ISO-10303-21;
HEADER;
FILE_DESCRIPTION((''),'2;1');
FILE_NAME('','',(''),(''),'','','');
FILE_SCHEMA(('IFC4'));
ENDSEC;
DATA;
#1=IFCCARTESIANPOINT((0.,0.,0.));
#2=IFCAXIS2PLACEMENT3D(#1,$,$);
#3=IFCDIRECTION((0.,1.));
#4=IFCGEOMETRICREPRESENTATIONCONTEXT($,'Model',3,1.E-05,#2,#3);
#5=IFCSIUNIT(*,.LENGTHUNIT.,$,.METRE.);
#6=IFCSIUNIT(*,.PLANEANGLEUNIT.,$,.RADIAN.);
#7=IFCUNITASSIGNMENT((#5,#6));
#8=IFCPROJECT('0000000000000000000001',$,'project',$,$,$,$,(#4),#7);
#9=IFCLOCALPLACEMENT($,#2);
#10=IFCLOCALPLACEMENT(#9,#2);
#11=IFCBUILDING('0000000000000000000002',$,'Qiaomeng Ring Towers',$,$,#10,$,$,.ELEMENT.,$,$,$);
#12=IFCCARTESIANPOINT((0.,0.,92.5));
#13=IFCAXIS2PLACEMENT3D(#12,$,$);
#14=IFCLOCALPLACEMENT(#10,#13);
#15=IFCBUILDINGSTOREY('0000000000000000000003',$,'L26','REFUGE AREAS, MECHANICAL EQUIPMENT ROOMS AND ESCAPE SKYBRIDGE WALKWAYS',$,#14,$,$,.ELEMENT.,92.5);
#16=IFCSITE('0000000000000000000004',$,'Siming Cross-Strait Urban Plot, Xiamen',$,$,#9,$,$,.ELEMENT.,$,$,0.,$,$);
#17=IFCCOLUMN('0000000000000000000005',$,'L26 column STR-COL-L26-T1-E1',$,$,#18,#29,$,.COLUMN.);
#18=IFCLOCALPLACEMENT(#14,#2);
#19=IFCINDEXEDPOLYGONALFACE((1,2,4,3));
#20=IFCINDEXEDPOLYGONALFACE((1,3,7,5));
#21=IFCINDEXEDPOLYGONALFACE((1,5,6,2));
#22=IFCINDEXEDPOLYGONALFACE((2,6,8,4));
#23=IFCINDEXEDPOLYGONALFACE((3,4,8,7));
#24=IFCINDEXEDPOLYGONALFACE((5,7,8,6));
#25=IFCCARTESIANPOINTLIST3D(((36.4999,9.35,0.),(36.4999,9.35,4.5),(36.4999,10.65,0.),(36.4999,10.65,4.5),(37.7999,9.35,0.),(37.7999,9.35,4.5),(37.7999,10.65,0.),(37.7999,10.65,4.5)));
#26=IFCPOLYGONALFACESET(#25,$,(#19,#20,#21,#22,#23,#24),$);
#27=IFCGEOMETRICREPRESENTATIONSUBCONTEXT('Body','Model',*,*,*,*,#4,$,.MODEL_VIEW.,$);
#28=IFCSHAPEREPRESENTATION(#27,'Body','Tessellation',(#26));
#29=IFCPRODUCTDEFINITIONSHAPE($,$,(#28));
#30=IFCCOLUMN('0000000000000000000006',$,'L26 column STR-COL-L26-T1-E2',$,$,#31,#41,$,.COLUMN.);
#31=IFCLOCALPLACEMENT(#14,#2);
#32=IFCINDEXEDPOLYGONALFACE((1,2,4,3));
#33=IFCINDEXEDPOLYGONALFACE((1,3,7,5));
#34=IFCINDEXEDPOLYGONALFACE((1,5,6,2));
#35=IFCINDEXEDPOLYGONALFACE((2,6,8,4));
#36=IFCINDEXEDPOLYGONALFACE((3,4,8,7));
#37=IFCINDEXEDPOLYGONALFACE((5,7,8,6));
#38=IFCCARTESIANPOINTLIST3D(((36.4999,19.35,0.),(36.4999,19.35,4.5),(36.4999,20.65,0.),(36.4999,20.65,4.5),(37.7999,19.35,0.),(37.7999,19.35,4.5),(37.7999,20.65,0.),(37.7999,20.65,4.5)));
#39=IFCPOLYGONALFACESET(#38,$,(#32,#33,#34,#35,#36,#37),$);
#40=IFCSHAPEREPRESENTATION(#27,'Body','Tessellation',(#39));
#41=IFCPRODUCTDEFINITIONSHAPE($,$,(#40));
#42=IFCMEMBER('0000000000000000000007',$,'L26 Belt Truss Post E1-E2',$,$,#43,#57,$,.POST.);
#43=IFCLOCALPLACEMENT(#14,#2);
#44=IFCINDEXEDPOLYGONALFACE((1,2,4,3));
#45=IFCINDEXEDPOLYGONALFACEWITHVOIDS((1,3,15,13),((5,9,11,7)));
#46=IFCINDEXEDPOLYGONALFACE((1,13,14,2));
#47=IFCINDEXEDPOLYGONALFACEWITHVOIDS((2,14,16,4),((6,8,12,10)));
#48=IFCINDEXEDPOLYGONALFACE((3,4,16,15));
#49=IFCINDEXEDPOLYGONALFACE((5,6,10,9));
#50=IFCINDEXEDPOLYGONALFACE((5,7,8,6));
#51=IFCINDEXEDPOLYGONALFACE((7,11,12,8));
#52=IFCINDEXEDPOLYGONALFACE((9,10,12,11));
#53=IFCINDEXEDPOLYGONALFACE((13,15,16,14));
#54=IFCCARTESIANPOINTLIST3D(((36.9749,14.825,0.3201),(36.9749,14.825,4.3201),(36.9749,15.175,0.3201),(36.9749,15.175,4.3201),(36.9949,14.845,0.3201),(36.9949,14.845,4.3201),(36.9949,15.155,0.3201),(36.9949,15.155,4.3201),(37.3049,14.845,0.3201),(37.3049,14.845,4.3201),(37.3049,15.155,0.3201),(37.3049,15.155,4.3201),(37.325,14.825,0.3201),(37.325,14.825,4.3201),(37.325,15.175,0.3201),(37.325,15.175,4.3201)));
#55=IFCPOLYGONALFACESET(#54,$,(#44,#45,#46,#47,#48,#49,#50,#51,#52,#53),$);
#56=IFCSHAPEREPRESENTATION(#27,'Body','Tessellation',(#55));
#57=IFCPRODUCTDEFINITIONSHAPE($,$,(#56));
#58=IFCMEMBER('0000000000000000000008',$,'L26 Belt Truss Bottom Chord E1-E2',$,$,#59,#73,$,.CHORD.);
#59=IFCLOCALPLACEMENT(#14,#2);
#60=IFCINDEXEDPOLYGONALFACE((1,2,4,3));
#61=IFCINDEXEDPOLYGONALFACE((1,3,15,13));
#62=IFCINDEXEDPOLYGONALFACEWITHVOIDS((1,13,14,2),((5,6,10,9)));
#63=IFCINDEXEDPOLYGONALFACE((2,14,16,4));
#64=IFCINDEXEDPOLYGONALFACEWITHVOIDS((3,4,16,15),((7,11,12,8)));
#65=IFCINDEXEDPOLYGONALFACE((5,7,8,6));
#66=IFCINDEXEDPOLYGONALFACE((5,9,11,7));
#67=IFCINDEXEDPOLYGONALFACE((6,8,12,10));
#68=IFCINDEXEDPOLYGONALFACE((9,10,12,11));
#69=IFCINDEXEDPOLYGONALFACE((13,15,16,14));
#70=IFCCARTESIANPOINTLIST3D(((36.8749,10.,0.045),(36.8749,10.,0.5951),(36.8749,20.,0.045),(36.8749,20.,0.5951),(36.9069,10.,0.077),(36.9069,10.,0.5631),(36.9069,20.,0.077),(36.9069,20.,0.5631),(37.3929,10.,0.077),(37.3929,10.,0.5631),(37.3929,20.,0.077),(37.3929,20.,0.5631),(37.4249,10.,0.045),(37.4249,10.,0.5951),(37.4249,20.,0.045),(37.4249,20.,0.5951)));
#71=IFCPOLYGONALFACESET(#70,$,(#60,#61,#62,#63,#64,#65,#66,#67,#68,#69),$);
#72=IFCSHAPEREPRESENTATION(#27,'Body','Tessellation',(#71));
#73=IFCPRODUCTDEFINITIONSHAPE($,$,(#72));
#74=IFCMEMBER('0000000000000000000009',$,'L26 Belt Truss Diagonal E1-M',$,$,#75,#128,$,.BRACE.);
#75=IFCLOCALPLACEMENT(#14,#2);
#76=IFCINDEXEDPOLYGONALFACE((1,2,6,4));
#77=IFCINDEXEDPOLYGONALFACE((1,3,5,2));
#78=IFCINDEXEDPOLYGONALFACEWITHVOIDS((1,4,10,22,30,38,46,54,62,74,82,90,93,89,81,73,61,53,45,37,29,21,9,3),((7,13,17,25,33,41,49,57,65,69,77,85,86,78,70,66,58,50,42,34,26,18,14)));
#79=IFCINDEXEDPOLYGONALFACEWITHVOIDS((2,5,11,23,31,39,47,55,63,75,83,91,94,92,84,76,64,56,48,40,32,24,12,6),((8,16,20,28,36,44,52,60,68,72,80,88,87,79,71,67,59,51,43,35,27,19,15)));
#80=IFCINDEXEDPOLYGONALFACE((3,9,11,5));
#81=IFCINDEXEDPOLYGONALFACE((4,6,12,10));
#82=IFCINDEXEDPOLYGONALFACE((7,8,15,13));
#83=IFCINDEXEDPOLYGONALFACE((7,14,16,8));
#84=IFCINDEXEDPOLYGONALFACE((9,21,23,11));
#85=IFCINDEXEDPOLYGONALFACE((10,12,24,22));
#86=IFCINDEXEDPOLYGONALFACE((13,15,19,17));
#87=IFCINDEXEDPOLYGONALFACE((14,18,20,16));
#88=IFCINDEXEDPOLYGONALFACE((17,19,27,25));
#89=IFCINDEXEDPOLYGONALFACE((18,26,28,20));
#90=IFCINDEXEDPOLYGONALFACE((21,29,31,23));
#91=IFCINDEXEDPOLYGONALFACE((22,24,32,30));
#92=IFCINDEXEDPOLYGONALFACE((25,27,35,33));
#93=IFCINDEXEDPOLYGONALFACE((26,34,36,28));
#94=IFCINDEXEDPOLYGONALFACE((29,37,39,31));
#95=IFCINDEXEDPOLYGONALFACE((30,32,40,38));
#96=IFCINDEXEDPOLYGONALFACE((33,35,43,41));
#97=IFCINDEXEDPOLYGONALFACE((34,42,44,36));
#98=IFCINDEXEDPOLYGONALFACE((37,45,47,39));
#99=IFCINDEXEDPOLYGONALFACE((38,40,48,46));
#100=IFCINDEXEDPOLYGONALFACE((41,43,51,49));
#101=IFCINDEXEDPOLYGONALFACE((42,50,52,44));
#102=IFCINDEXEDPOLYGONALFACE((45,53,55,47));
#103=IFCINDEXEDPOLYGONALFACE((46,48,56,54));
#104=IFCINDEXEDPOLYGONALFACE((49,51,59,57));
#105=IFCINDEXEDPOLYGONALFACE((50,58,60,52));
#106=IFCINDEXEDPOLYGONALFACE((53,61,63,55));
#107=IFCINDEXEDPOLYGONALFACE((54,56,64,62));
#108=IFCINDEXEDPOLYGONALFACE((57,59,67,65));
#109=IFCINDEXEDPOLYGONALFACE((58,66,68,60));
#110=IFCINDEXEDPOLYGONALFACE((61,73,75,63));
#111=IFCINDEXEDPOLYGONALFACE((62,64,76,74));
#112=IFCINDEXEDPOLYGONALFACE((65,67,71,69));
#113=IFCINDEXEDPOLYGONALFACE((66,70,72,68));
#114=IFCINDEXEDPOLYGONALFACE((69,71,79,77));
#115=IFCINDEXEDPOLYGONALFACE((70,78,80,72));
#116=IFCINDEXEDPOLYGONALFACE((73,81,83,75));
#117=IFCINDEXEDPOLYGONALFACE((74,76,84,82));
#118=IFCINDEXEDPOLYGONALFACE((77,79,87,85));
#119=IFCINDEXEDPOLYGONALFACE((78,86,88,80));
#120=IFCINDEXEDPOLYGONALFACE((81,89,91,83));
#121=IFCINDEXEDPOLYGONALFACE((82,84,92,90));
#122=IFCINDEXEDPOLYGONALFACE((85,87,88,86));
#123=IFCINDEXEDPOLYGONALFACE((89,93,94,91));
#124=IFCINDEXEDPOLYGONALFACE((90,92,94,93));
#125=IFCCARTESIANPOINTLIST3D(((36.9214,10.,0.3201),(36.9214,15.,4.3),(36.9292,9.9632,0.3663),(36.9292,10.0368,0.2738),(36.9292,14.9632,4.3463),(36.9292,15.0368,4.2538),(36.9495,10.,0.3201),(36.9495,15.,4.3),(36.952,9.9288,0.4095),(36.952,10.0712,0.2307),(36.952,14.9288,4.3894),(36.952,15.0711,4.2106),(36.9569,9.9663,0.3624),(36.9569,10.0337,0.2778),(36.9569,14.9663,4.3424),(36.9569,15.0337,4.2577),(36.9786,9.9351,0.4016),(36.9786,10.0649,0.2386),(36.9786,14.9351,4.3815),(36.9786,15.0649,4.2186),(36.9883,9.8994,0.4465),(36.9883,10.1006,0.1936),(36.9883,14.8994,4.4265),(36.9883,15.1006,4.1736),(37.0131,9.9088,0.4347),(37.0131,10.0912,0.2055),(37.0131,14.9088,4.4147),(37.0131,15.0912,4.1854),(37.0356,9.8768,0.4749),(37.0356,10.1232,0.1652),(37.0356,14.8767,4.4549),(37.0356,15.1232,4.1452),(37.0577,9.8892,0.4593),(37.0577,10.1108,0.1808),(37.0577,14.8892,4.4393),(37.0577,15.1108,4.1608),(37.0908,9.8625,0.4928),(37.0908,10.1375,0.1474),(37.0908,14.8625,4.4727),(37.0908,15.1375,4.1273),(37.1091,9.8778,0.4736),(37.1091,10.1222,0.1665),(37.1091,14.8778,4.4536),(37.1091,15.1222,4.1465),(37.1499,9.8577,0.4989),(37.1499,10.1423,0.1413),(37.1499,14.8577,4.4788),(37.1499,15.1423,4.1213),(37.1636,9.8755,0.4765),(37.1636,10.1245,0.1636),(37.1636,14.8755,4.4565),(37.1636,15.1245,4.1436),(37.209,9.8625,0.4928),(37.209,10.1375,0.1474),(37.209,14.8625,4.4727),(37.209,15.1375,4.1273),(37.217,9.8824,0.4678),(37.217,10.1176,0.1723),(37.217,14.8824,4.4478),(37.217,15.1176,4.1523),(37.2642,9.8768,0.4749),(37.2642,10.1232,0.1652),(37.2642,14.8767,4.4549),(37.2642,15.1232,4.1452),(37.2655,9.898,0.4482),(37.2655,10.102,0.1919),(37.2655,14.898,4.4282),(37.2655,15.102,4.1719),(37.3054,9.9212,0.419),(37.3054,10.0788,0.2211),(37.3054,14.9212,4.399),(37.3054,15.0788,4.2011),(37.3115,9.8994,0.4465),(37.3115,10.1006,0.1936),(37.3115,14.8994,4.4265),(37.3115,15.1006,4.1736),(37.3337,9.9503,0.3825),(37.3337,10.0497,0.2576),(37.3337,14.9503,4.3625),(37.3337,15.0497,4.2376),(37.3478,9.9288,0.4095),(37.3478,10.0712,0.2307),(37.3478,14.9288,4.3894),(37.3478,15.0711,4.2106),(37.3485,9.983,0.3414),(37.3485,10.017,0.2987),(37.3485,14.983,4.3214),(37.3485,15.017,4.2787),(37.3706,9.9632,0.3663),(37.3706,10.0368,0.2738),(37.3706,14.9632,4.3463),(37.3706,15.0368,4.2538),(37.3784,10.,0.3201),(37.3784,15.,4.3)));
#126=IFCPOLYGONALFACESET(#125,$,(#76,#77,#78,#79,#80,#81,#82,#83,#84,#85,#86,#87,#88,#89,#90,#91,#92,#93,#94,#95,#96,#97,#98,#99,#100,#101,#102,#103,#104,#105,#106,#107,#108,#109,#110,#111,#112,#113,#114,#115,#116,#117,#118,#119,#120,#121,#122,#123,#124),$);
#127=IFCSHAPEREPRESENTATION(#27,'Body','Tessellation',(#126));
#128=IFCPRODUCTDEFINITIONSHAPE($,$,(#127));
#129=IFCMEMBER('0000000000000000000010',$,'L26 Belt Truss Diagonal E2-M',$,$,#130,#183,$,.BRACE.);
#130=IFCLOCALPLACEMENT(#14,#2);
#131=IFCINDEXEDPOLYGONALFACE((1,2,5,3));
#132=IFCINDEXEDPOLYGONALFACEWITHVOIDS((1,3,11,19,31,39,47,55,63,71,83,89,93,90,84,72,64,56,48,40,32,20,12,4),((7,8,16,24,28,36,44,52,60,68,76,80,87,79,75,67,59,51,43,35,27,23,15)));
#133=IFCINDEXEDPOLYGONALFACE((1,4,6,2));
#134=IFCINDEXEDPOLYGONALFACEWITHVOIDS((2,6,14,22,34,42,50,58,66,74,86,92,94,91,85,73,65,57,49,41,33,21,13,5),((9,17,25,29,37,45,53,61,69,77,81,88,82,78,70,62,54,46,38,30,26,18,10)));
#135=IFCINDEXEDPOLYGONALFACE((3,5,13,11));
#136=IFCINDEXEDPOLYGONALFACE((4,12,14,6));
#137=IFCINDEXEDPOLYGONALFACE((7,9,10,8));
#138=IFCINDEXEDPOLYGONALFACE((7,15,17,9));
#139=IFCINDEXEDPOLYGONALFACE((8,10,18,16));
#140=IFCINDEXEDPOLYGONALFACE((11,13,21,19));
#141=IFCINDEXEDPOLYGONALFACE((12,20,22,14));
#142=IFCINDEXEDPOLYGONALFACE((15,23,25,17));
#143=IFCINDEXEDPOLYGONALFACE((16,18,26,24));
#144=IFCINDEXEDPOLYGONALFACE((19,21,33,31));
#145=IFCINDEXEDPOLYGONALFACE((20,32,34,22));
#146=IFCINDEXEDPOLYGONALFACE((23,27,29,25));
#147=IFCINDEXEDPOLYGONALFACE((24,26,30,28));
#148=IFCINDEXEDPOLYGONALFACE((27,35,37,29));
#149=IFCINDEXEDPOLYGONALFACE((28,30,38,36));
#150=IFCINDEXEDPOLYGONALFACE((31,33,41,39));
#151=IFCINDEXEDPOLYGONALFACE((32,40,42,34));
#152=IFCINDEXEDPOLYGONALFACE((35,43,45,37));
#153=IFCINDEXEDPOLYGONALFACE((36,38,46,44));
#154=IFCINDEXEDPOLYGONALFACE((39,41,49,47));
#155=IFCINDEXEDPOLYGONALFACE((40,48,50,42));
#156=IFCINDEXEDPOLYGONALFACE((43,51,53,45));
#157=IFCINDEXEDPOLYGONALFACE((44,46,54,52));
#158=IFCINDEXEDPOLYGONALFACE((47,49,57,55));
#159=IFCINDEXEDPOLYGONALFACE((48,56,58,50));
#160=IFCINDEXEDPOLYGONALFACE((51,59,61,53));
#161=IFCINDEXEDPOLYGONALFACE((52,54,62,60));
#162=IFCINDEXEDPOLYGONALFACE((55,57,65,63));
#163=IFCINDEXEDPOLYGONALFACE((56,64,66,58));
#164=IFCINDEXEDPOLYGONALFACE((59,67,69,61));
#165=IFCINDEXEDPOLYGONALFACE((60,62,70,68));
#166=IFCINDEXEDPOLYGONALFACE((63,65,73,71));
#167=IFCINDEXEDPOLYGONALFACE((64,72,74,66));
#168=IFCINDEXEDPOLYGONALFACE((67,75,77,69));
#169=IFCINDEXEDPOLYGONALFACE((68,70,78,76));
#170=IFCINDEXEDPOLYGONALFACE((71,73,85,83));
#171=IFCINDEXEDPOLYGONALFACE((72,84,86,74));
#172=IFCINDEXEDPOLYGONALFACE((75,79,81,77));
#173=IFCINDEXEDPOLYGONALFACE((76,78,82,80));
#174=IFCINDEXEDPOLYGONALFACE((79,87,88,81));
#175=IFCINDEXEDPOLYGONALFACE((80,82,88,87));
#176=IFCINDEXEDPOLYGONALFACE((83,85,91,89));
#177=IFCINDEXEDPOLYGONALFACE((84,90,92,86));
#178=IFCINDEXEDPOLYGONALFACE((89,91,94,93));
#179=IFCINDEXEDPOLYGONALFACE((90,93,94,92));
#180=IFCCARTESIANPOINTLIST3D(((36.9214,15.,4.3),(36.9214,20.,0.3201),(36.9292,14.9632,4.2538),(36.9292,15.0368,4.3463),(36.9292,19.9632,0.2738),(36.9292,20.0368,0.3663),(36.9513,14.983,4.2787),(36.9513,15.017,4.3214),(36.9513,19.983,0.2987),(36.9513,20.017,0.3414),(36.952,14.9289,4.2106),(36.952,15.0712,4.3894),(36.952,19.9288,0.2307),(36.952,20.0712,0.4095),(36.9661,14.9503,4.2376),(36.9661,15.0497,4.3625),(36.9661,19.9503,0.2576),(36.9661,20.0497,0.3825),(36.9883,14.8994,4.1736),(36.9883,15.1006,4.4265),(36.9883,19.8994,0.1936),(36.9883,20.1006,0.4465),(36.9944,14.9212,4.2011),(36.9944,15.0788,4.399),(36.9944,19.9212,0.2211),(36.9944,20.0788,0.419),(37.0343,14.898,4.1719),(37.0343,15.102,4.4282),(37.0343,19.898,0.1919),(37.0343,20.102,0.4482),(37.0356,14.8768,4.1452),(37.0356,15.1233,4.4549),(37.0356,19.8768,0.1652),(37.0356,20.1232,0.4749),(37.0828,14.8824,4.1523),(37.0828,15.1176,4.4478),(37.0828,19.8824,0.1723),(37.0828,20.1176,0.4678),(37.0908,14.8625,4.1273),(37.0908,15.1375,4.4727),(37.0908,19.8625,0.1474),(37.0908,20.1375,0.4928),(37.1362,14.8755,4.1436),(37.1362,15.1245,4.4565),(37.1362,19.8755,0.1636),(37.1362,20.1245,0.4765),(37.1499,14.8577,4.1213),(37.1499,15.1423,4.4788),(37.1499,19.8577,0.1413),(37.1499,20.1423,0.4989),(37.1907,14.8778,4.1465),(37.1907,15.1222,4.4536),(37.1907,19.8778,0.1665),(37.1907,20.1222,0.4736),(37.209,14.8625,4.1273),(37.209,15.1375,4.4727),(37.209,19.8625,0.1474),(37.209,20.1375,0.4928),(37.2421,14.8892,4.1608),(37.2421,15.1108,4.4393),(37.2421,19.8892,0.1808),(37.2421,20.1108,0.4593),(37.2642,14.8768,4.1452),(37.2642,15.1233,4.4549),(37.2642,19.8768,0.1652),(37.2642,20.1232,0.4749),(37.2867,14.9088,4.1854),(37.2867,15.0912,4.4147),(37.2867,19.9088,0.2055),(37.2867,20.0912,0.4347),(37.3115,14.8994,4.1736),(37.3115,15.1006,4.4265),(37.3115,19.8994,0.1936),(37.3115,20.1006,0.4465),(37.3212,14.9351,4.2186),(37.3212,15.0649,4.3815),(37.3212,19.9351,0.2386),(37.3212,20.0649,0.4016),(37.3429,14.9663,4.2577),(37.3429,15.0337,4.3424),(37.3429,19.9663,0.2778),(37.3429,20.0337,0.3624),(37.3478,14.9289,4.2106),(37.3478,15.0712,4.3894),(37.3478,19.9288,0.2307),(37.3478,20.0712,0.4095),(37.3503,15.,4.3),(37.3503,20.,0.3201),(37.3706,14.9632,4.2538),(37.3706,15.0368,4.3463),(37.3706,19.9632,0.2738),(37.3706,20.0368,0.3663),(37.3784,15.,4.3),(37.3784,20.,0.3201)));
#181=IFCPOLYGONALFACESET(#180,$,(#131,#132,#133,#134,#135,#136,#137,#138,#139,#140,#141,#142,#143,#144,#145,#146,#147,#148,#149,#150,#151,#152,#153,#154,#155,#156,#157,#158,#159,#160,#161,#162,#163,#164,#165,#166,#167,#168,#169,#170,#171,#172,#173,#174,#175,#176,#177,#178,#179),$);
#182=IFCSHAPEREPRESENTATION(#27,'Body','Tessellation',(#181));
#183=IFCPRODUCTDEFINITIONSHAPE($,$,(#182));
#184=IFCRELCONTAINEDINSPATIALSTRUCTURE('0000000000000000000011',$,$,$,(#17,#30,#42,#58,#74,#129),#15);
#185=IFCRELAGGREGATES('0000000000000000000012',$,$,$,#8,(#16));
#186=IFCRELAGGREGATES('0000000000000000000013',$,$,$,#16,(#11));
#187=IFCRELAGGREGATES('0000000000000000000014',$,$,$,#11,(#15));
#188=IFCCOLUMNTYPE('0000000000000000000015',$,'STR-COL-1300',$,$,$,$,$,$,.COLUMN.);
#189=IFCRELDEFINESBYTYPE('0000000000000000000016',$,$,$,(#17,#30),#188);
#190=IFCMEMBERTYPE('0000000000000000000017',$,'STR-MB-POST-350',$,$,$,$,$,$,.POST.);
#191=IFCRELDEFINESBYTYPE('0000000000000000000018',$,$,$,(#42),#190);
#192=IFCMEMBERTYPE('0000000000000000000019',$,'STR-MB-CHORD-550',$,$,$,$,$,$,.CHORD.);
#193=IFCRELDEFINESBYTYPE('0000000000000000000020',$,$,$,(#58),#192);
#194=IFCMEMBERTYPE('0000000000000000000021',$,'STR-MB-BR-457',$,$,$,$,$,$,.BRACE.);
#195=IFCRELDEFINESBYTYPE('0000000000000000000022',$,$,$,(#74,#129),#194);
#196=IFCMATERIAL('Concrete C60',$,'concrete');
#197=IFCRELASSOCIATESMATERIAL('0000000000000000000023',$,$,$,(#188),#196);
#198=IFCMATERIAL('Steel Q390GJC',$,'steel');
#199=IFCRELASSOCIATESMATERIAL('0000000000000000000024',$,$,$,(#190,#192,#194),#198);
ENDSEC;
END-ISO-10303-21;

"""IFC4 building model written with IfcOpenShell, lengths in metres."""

from ifc_helpers import new_model, si_unit, direction, frame, origin, origin_2d, place, context, subcontext, project, spatial, rectangle, hollow_rectangle, hollow_circle, extrude, source, transform, mapped, material, material_profile, profile_set, type_object, element, save


model = new_model("IFC4")

# Units and contexts
model_context = context("Model", 3, precision=1e-05, world=origin(), true_north=direction((0.0, 1.0)))
body_context = subcontext(model_context, "Body", "Model", "MODEL_VIEW")
ifc_project = project(units=[si_unit("LENGTHUNIT", "METRE"), si_unit("PLANEANGLEUNIT", "RADIAN")], contexts=[model_context])

# Site, building, storey
site_placement = place(None, origin())
site = spatial("IfcSite", under=ifc_project, at=site_placement, Name="Siming Cross-Strait Urban Plot, Xiamen", CompositionType="ELEMENT", RefElevation=0.0)
building_placement = place(site_placement, origin())
building = spatial("IfcBuilding", under=site, at=building_placement, Name="Qiaomeng Ring Towers", CompositionType="ELEMENT")
storey_placement = place(building_placement, frame((0.0, 0.0, 92.5)))
storey = spatial("IfcBuildingStorey", under=building, at=storey_placement, Name="L26", Description="REFUGE AREAS, MECHANICAL EQUIPMENT ROOMS AND ESCAPE SKYBRIDGE WALKWAYS", CompositionType="ELEMENT", Elevation=92.5)

# Columns
ifc_material_1 = material(Name="Concrete C60", Category="concrete")
ifc_material_profile_1 = material_profile(ifc_material_1, rectangle(XDim=1.3, YDim=1.3, at=origin_2d()), Name="RC COL 1300x1300")
ifc_profile_set_1 = profile_set([ifc_material_profile_1], Name="Concrete C60")
column_type = type_object("IfcColumnType", Name="STR-COL-1300", PredefinedType="COLUMN", material=ifc_profile_set_1)
shared_shape_1 = source(origin(), body_context, "Body", "SweptSolid", [
    extrude(rectangle(XDim=1.3, YDim=1.3, at=origin_2d()), origin(), (0.0, 0.0, 1.0), 4.5),
])
for number, where, z_axis, x_axis, name in (
    (1, (37.1499, 10.0, 0.0), (0.0, 0.0, 1.0), (1.0, 0.0, 0.0), "L26 column STR-COL-L26-T1-E1"),
    (2, (37.1499, 20.0, 0.0), (0.0, 0.0, 1.0), (1.0, 0.0, 0.0), "L26 column STR-COL-L26-T1-E2"),
):
    element("IfcColumn", number, at=place(storey_placement, frame(where, z_axis=z_axis, x_axis=x_axis)), inside=storey, type_object=column_type, Name=name, PredefinedType="COLUMN", context=body_context, shape_type="MappedRepresentation", body=[
        mapped(shared_shape_1, transform((0.0, 0.0, 0.0), x_axis=(1.0, 0.0, 0.0), y_axis=(0.0, 1.0, 0.0), z_axis=(0.0, 0.0, 1.0), scale=1.0)),
    ])

# Members
ifc_material_2 = material(Name="Steel Q390GJC", Category="steel")
ifc_material_profile_2 = material_profile(ifc_material_2, hollow_rectangle(XDim=0.3501, YDim=0.3501, WallThickness=0.02, at=origin_2d()), Name="SHS 350x350x20")
ifc_profile_set_2 = profile_set([ifc_material_profile_2], Name="Steel Q390GJC")
member_type_1 = type_object("IfcMemberType", Name="STR-MB-POST-350", PredefinedType="POST", material=ifc_profile_set_2)
shared_shape_2 = source(origin(), body_context, "Body", "SweptSolid", [
    extrude(hollow_rectangle(XDim=0.3501, YDim=0.3501, WallThickness=0.02, at=origin_2d()), origin(), (0.0, 0.0, 1.0), 4.0),
])
member_1_placement = place(storey_placement, frame((37.1499, 15.0, 0.3201), z_axis=(0.0, 0.0, 1.0), x_axis=(1.0, 0.0, 0.0)))
element("IfcMember", 3, at=member_1_placement, inside=storey, type_object=member_type_1, Name="L26 Belt Truss Post E1-E2", PredefinedType="POST", context=body_context, shape_type="MappedRepresentation", body=[
    mapped(shared_shape_2, transform((0.0, 0.0, 0.0), x_axis=(1.0, 0.0, 0.0), y_axis=(0.0, 1.0, 0.0), z_axis=(0.0, 0.0, 1.0), scale=1.0)),
])
ifc_material_profile_3 = material_profile(ifc_material_2, hollow_rectangle(XDim=0.55, YDim=0.55, WallThickness=0.032, at=origin_2d()), Name="SHS 550x550x32")
ifc_profile_set_3 = profile_set([ifc_material_profile_3], Name="Steel Q390GJC")
member_type_2 = type_object("IfcMemberType", Name="STR-MB-CHORD-550", PredefinedType="CHORD", material=ifc_profile_set_3)
shared_shape_3 = source(origin(), body_context, "Body", "SweptSolid", [
    extrude(hollow_rectangle(XDim=0.55, YDim=0.55, WallThickness=0.032, at=origin_2d()), origin(), (0.0, 0.0, 1.0), 10.0),
])
member_2_placement = place(storey_placement, frame((37.1499, 10.0, 0.3201), z_axis=(0.0, 1.0, 0.0), x_axis=(-1.0, 0.0, 0.0)))
element("IfcMember", 4, at=member_2_placement, inside=storey, type_object=member_type_2, Name="L26 Belt Truss Bottom Chord E1-E2", PredefinedType="CHORD", context=body_context, shape_type="MappedRepresentation", body=[
    mapped(shared_shape_3, transform((0.0, 0.0, 0.0), x_axis=(1.0, 0.0, 0.0), y_axis=(0.0, 1.0, 0.0), z_axis=(0.0, 0.0, 1.0), scale=1.0)),
])
ifc_material_profile_4 = material_profile(ifc_material_2, hollow_circle(Radius=0.2285, WallThickness=0.0281, at=origin_2d()), Name="CHS 457x28")
ifc_profile_set_4 = profile_set([ifc_material_profile_4], Name="Steel Q390GJC")
member_type_3 = type_object("IfcMemberType", Name="STR-MB-BR-457", PredefinedType="BRACE", material=ifc_profile_set_4)
shared_shape_4 = source(origin(), body_context, "Body", "SweptSolid", [
    extrude(hollow_circle(Radius=0.2285, WallThickness=0.0281, at=origin_2d()), origin(), (0.0, 0.0, 1.0), 6.3906),
])
for number, where, z_axis, x_axis, name in (
    (5, (37.1499, 10.0, 0.3201), (0.0, 0.782395, 0.622783), (-1.0, 0.0, 0.0), "L26 Belt Truss Diagonal E1-M"),
    (6, (37.1499, 20.0, 0.3201), (0.0, -0.782395, 0.622783), (1.0, 0.0, 0.0), "L26 Belt Truss Diagonal E2-M"),
):
    element("IfcMember", number, at=place(storey_placement, frame(where, z_axis=z_axis, x_axis=x_axis)), inside=storey, type_object=member_type_3, Name=name, PredefinedType="BRACE", context=body_context, shape_type="MappedRepresentation", body=[
        mapped(shared_shape_4, transform((0.0, 0.0, 0.0), x_axis=(1.0, 0.0, 0.0), y_axis=(0.0, 1.0, 0.0), z_axis=(0.0, 0.0, 1.0), scale=1.0)),
    ])

save(model, "model.ifc")
